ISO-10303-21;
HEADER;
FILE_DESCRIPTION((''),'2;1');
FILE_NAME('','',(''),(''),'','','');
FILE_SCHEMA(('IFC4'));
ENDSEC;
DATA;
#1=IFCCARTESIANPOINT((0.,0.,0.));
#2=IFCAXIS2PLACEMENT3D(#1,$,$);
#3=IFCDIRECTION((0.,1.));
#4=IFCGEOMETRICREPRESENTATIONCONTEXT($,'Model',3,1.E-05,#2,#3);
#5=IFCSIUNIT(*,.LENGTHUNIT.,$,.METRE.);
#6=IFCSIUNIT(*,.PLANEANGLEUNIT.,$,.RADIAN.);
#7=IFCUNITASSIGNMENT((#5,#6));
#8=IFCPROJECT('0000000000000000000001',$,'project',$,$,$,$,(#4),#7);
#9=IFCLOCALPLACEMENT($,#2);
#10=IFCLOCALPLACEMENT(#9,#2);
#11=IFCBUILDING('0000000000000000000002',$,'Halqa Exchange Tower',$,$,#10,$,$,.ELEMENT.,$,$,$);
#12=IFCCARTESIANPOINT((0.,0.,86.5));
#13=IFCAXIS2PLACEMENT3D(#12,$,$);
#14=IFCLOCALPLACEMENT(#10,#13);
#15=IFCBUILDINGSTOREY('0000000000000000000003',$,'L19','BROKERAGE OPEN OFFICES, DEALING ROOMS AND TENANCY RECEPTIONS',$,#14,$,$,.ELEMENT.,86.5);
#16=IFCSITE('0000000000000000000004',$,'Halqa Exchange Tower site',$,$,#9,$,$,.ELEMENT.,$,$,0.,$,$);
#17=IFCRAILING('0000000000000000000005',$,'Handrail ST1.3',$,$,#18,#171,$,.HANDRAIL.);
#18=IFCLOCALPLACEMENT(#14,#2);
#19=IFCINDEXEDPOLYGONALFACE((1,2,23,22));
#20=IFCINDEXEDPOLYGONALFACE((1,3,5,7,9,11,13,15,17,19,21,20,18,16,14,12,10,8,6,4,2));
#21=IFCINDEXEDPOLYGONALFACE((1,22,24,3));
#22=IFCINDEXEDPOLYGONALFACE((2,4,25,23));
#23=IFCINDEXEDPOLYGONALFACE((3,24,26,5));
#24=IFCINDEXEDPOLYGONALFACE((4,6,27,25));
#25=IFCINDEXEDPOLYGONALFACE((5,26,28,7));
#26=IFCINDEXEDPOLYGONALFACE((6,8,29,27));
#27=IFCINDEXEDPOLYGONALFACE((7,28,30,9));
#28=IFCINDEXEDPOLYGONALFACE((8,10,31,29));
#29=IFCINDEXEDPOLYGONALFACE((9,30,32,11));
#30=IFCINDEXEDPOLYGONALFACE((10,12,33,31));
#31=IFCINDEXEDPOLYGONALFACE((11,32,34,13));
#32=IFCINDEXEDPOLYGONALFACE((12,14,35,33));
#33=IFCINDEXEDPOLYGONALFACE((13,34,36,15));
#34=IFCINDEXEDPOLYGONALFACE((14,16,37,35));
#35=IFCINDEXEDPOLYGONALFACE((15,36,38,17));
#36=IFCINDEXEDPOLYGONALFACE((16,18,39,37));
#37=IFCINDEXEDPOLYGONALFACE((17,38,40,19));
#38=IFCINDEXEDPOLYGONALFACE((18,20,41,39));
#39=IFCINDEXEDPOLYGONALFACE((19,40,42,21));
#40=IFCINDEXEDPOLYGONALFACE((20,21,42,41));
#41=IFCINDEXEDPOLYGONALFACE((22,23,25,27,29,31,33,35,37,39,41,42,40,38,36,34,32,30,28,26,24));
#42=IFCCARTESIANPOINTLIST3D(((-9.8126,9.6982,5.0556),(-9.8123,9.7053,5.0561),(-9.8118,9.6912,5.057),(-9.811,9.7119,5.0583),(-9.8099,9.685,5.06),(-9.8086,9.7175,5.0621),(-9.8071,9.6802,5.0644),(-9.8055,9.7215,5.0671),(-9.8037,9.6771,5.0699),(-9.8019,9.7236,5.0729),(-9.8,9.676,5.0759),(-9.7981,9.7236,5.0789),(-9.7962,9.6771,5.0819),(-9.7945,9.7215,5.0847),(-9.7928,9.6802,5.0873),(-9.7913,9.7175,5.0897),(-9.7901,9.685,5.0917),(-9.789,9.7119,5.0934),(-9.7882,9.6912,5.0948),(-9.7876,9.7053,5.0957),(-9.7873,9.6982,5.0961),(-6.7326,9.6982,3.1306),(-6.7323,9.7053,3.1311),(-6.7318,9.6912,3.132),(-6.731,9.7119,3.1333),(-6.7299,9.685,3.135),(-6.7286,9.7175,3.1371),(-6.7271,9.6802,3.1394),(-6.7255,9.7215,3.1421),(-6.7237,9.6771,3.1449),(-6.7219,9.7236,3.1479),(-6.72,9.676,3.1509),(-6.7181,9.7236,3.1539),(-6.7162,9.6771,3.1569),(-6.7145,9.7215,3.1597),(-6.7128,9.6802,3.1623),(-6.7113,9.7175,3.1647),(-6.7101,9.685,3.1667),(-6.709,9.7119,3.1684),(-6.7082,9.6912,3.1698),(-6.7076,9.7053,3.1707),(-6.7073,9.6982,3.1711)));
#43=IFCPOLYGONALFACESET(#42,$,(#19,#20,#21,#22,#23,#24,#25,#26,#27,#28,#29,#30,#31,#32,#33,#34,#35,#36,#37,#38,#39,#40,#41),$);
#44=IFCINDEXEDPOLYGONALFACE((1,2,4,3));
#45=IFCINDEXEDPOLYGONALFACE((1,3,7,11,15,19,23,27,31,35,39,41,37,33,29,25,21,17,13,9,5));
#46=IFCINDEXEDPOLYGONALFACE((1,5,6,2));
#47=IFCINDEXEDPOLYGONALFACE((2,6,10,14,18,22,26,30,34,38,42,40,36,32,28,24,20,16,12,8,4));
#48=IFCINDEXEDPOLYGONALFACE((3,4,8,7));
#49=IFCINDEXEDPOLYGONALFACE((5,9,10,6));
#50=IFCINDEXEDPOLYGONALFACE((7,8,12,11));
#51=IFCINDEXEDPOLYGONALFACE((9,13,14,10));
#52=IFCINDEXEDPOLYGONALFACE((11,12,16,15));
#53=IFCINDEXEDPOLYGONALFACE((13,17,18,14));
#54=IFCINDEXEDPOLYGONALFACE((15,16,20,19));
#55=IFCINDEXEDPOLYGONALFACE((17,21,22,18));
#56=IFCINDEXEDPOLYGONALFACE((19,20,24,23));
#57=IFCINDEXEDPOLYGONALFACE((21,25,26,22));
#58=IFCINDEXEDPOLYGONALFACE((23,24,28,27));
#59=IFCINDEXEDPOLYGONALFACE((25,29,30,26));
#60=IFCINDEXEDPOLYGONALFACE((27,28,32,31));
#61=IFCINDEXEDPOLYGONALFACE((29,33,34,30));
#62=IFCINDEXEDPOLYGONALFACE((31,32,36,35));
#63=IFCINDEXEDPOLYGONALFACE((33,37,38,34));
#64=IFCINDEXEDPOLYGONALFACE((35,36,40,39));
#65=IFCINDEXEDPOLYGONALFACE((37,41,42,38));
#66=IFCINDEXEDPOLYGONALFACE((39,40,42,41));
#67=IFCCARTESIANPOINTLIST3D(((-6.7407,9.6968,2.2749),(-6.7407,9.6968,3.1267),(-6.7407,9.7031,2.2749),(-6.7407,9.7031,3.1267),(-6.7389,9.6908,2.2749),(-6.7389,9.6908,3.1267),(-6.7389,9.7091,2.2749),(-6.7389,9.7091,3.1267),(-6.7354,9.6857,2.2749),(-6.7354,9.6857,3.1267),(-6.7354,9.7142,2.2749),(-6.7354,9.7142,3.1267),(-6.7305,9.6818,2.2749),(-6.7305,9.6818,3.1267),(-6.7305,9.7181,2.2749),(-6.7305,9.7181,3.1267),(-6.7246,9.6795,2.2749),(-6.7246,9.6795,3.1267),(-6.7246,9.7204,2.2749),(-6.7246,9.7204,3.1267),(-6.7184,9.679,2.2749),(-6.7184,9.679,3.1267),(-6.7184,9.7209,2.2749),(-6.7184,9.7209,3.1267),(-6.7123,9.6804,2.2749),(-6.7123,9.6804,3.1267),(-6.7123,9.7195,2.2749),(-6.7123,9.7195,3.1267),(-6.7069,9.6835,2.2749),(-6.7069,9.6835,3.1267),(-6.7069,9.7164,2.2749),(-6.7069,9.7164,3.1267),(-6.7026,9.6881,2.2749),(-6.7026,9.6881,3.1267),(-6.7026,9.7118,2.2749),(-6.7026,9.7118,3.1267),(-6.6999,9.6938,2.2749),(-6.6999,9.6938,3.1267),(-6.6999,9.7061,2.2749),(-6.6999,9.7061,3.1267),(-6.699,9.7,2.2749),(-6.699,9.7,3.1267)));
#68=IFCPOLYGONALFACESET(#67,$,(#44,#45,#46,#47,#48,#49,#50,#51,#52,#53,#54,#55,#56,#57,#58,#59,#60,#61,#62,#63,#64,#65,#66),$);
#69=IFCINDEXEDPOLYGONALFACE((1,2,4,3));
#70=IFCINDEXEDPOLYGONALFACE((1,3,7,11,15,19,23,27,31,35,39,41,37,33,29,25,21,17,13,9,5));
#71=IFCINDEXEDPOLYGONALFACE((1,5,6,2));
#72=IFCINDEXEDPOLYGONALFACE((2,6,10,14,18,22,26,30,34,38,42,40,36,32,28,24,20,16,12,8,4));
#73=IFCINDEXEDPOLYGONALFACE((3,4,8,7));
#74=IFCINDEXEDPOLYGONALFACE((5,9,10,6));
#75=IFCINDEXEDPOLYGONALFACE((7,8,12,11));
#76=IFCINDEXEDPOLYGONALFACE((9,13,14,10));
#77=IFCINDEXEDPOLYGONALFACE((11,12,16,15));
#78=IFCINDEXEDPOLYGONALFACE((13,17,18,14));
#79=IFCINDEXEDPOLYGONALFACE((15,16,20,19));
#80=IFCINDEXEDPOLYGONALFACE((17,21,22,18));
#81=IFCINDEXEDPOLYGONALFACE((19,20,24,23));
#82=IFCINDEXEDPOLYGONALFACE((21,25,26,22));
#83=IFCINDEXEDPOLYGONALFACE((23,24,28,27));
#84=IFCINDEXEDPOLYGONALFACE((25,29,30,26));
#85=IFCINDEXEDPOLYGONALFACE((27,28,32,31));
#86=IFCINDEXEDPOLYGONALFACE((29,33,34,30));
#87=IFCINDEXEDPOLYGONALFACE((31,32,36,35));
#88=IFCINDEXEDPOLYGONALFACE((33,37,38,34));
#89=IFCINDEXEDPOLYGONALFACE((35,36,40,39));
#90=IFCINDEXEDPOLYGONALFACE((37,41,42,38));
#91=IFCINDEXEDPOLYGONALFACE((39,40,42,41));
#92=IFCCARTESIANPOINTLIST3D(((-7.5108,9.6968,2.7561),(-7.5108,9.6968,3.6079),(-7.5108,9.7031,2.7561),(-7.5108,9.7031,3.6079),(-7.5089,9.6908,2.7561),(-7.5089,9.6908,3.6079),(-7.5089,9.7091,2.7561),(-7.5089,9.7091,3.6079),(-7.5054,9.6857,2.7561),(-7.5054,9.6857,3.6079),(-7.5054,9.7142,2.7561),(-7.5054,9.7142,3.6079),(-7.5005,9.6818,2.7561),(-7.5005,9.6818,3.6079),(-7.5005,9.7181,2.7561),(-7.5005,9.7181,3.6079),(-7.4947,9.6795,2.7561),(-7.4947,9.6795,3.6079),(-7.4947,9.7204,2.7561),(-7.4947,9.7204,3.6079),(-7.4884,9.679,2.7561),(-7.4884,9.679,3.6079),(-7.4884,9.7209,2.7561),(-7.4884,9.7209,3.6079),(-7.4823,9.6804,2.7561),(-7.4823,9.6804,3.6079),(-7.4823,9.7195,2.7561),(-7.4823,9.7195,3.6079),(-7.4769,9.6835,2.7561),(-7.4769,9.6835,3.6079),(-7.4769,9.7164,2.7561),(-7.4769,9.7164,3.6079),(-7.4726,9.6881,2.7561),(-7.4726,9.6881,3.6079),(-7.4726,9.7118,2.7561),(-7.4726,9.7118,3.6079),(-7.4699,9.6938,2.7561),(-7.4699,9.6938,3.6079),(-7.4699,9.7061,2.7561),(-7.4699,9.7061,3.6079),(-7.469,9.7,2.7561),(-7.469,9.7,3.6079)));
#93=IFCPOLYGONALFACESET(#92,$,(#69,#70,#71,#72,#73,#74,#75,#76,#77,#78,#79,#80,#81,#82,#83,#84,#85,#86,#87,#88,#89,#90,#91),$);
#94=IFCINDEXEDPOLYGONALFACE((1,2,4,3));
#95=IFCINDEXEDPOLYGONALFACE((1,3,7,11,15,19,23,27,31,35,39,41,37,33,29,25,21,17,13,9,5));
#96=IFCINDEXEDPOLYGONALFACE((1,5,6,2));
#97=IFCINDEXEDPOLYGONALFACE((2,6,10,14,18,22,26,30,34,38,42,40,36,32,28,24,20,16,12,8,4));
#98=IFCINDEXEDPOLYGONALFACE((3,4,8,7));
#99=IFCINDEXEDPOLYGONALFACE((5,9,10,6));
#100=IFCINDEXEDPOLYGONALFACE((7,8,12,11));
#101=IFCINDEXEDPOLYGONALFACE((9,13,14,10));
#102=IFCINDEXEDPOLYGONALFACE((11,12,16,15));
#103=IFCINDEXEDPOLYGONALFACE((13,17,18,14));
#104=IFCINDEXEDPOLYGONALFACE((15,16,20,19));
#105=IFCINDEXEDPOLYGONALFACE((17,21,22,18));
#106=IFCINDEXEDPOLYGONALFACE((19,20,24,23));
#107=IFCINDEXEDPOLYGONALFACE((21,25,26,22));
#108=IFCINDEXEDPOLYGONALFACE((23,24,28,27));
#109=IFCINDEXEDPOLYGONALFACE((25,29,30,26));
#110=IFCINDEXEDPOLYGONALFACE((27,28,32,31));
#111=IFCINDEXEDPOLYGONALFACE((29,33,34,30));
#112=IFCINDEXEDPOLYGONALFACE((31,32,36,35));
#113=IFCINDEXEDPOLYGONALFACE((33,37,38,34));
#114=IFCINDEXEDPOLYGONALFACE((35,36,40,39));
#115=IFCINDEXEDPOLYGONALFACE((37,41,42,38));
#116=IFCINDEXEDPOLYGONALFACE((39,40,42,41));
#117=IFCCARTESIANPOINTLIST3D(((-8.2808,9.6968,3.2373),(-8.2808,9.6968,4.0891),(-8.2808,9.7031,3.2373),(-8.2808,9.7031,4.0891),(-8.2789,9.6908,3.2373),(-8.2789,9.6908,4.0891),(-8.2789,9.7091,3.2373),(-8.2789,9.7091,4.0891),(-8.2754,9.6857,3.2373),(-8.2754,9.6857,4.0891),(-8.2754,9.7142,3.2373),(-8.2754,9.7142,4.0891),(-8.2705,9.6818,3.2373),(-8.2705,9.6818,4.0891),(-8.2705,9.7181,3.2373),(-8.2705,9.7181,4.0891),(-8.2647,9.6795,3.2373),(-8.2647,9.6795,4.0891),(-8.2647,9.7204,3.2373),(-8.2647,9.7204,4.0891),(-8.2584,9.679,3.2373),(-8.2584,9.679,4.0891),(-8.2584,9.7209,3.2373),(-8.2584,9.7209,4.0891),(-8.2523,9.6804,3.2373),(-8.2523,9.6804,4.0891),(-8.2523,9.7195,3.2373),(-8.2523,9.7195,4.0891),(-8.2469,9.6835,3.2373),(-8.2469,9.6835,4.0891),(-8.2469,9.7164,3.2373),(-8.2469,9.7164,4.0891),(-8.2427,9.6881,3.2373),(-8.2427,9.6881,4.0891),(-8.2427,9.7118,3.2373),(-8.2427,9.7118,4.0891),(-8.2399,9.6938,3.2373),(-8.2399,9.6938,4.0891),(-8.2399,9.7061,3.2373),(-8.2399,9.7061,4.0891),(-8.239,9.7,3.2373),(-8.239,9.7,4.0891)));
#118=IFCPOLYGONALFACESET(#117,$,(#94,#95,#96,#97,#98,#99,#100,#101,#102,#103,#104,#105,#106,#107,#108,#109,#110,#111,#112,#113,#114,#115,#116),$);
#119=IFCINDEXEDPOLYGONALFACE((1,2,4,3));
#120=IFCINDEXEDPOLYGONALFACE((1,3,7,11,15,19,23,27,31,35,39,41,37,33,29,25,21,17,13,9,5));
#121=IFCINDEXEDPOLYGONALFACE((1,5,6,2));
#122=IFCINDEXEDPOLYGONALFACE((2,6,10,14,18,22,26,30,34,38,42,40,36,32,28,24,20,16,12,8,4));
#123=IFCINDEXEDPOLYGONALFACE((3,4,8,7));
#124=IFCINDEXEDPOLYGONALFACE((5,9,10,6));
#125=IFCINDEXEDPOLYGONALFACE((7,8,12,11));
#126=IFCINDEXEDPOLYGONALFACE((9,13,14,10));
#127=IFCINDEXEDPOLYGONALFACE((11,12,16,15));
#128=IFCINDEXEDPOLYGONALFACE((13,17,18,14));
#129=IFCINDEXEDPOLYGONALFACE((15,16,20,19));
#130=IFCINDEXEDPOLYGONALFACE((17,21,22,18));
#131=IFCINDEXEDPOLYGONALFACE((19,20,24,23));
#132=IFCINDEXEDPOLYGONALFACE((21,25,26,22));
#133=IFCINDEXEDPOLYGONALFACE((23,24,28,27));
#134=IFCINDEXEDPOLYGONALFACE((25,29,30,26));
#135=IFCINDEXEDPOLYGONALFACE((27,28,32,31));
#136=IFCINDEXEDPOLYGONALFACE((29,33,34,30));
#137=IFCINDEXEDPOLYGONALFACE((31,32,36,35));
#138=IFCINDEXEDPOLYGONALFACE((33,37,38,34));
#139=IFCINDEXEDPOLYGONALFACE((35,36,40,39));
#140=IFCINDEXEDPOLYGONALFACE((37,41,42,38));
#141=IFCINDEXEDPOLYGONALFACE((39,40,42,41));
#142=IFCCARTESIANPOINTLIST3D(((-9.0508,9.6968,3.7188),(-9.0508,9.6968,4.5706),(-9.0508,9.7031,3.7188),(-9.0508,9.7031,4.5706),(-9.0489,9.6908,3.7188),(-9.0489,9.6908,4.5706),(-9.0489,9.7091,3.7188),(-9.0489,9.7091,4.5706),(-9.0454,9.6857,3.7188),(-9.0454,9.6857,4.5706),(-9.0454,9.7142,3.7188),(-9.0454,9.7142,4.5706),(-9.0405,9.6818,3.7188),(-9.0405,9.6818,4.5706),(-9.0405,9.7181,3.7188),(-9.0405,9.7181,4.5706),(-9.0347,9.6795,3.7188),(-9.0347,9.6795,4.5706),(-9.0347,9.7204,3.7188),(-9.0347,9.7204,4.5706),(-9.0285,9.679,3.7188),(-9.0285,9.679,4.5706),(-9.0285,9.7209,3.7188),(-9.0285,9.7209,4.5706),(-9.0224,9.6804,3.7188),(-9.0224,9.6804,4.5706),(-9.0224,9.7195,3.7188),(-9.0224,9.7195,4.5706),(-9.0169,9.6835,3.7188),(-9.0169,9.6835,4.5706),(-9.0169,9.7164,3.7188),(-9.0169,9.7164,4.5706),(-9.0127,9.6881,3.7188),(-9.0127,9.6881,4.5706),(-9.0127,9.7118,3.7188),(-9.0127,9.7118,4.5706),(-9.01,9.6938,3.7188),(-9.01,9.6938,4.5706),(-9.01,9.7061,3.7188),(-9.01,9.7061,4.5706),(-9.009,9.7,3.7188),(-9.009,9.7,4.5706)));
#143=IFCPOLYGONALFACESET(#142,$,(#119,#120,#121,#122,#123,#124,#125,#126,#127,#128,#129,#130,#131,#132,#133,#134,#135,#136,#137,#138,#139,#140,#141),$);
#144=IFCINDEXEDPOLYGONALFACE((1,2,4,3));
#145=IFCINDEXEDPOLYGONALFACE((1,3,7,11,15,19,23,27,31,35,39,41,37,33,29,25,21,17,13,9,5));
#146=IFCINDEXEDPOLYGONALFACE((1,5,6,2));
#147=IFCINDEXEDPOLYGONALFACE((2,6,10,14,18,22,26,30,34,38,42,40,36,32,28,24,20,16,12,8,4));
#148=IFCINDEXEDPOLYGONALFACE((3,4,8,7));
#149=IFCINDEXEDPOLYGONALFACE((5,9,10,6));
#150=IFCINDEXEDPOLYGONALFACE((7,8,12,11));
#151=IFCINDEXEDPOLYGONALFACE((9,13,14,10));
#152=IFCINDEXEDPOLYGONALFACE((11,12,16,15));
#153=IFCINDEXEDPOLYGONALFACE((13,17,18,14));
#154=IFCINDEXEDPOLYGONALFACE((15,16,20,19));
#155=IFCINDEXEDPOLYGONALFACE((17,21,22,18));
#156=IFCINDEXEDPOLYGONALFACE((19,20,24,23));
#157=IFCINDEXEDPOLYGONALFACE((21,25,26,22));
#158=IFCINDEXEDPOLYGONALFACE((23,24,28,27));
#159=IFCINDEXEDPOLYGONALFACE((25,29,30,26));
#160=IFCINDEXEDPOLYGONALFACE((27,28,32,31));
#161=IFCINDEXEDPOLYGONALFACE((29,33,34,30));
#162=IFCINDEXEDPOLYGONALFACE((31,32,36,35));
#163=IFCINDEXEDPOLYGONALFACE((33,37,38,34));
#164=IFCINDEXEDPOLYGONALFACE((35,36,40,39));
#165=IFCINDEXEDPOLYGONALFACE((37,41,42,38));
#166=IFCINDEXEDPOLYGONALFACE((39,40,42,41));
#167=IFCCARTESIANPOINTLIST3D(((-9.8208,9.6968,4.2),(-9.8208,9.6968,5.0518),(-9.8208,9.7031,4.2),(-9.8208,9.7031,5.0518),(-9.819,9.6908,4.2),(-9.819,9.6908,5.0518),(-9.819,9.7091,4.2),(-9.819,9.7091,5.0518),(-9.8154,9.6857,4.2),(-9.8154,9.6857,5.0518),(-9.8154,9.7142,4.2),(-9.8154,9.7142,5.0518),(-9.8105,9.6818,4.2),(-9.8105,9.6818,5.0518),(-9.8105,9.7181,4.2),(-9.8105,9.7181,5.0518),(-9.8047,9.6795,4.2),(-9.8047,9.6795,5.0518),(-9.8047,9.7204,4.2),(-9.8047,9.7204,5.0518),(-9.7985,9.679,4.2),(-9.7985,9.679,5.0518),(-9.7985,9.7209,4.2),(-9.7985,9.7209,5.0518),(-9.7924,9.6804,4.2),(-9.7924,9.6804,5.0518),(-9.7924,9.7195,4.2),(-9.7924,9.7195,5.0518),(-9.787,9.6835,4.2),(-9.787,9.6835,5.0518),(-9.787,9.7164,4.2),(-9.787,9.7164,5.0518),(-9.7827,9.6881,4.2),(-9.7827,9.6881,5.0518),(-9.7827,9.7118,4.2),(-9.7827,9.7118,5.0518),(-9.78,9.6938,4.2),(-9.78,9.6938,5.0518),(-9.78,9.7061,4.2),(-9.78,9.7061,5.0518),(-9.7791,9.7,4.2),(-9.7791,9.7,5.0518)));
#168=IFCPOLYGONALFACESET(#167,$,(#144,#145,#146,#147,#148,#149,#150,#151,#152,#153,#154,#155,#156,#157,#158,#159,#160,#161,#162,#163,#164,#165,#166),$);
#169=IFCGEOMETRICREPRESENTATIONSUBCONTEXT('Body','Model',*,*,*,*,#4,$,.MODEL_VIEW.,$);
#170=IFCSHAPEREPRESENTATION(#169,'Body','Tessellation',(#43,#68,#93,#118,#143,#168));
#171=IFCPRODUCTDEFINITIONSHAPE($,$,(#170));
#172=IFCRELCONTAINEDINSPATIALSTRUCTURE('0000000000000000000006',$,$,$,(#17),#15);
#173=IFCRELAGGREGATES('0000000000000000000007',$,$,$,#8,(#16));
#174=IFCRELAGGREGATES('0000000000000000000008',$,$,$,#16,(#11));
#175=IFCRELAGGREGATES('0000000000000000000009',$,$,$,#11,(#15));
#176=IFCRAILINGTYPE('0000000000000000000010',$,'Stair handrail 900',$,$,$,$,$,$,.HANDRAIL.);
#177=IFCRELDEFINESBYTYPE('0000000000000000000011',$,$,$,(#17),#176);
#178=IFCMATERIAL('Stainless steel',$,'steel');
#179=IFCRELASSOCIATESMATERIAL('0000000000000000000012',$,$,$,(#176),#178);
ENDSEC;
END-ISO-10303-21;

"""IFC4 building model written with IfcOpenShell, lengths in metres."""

from ifc_helpers import new_model, si_unit, direction, frame, origin, origin_2d, place, context, subcontext, project, spatial, circle, extrude, material, type_object, element, save


model = new_model("IFC4")

# Units and contexts
model_context = context("Model", 3, precision=1e-05, world=origin(), true_north=direction((0.0, 1.0)))
body_context = subcontext(model_context, "Body", "Model", "MODEL_VIEW")
ifc_project = project(units=[si_unit("LENGTHUNIT", "METRE"), si_unit("PLANEANGLEUNIT", "RADIAN")], contexts=[model_context])

# Site, building, storey
site_placement = place(None, origin())
site = spatial("IfcSite", under=ifc_project, at=site_placement, Name="Halqa Exchange Tower site", CompositionType="ELEMENT", RefElevation=0.0)
building_placement = place(site_placement, origin())
building = spatial("IfcBuilding", under=site, at=building_placement, Name="Halqa Exchange Tower", CompositionType="ELEMENT")
storey_placement = place(building_placement, frame((0.0, 0.0, 86.5)))
storey = spatial("IfcBuildingStorey", under=building, at=storey_placement, Name="L19", Description="BROKERAGE OPEN OFFICES, DEALING ROOMS AND TENANCY RECEPTIONS", CompositionType="ELEMENT", Elevation=86.5)

# Railing
ifc_material_1 = material(Name="Stainless steel", Category="steel")
railing_type_1 = type_object("IfcRailingType", Name="Stair handrail 900", PredefinedType="HANDRAIL", material=ifc_material_1)
railing_1_placement = place(storey_placement, frame((-6.72, 9.7, 2.2749)))
element("IfcRailing", 1, at=railing_1_placement, inside=storey, type_object=railing_type_1, Name="Handrail ST1.3", PredefinedType="HANDRAIL", context=body_context, shape_type="SweptSolid", body=[
    extrude(circle(Radius=0.0239, at=origin_2d()), frame((0.0, 0.0, 0.876), z_axis=(-0.847998, 0.0, 0.529999), x_axis=(0.0, -1.0, 0.0)), (0.0, 0.0, 1.0), 3.6321),
    extrude(circle(Radius=0.021, at=origin_2d()), origin(), (0.0, 0.0, 1.0), 0.8518),
    extrude(circle(Radius=0.021, at=origin_2d()), frame((-0.77, 0.0, 0.4812)), (0.0, 0.0, 1.0), 0.8518),
    extrude(circle(Radius=0.021, at=origin_2d()), frame((-1.54, 0.0, 0.9624)), (0.0, 0.0, 1.0), 0.8518),
    extrude(circle(Radius=0.021, at=origin_2d()), frame((-2.3101, 0.0, 1.4438)), (0.0, 0.0, 1.0), 0.8518),
    extrude(circle(Radius=0.021, at=origin_2d()), frame((-3.0801, 0.0, 1.925)), (0.0, 0.0, 1.0), 0.8518),
])

save(model, "model.ifc")
